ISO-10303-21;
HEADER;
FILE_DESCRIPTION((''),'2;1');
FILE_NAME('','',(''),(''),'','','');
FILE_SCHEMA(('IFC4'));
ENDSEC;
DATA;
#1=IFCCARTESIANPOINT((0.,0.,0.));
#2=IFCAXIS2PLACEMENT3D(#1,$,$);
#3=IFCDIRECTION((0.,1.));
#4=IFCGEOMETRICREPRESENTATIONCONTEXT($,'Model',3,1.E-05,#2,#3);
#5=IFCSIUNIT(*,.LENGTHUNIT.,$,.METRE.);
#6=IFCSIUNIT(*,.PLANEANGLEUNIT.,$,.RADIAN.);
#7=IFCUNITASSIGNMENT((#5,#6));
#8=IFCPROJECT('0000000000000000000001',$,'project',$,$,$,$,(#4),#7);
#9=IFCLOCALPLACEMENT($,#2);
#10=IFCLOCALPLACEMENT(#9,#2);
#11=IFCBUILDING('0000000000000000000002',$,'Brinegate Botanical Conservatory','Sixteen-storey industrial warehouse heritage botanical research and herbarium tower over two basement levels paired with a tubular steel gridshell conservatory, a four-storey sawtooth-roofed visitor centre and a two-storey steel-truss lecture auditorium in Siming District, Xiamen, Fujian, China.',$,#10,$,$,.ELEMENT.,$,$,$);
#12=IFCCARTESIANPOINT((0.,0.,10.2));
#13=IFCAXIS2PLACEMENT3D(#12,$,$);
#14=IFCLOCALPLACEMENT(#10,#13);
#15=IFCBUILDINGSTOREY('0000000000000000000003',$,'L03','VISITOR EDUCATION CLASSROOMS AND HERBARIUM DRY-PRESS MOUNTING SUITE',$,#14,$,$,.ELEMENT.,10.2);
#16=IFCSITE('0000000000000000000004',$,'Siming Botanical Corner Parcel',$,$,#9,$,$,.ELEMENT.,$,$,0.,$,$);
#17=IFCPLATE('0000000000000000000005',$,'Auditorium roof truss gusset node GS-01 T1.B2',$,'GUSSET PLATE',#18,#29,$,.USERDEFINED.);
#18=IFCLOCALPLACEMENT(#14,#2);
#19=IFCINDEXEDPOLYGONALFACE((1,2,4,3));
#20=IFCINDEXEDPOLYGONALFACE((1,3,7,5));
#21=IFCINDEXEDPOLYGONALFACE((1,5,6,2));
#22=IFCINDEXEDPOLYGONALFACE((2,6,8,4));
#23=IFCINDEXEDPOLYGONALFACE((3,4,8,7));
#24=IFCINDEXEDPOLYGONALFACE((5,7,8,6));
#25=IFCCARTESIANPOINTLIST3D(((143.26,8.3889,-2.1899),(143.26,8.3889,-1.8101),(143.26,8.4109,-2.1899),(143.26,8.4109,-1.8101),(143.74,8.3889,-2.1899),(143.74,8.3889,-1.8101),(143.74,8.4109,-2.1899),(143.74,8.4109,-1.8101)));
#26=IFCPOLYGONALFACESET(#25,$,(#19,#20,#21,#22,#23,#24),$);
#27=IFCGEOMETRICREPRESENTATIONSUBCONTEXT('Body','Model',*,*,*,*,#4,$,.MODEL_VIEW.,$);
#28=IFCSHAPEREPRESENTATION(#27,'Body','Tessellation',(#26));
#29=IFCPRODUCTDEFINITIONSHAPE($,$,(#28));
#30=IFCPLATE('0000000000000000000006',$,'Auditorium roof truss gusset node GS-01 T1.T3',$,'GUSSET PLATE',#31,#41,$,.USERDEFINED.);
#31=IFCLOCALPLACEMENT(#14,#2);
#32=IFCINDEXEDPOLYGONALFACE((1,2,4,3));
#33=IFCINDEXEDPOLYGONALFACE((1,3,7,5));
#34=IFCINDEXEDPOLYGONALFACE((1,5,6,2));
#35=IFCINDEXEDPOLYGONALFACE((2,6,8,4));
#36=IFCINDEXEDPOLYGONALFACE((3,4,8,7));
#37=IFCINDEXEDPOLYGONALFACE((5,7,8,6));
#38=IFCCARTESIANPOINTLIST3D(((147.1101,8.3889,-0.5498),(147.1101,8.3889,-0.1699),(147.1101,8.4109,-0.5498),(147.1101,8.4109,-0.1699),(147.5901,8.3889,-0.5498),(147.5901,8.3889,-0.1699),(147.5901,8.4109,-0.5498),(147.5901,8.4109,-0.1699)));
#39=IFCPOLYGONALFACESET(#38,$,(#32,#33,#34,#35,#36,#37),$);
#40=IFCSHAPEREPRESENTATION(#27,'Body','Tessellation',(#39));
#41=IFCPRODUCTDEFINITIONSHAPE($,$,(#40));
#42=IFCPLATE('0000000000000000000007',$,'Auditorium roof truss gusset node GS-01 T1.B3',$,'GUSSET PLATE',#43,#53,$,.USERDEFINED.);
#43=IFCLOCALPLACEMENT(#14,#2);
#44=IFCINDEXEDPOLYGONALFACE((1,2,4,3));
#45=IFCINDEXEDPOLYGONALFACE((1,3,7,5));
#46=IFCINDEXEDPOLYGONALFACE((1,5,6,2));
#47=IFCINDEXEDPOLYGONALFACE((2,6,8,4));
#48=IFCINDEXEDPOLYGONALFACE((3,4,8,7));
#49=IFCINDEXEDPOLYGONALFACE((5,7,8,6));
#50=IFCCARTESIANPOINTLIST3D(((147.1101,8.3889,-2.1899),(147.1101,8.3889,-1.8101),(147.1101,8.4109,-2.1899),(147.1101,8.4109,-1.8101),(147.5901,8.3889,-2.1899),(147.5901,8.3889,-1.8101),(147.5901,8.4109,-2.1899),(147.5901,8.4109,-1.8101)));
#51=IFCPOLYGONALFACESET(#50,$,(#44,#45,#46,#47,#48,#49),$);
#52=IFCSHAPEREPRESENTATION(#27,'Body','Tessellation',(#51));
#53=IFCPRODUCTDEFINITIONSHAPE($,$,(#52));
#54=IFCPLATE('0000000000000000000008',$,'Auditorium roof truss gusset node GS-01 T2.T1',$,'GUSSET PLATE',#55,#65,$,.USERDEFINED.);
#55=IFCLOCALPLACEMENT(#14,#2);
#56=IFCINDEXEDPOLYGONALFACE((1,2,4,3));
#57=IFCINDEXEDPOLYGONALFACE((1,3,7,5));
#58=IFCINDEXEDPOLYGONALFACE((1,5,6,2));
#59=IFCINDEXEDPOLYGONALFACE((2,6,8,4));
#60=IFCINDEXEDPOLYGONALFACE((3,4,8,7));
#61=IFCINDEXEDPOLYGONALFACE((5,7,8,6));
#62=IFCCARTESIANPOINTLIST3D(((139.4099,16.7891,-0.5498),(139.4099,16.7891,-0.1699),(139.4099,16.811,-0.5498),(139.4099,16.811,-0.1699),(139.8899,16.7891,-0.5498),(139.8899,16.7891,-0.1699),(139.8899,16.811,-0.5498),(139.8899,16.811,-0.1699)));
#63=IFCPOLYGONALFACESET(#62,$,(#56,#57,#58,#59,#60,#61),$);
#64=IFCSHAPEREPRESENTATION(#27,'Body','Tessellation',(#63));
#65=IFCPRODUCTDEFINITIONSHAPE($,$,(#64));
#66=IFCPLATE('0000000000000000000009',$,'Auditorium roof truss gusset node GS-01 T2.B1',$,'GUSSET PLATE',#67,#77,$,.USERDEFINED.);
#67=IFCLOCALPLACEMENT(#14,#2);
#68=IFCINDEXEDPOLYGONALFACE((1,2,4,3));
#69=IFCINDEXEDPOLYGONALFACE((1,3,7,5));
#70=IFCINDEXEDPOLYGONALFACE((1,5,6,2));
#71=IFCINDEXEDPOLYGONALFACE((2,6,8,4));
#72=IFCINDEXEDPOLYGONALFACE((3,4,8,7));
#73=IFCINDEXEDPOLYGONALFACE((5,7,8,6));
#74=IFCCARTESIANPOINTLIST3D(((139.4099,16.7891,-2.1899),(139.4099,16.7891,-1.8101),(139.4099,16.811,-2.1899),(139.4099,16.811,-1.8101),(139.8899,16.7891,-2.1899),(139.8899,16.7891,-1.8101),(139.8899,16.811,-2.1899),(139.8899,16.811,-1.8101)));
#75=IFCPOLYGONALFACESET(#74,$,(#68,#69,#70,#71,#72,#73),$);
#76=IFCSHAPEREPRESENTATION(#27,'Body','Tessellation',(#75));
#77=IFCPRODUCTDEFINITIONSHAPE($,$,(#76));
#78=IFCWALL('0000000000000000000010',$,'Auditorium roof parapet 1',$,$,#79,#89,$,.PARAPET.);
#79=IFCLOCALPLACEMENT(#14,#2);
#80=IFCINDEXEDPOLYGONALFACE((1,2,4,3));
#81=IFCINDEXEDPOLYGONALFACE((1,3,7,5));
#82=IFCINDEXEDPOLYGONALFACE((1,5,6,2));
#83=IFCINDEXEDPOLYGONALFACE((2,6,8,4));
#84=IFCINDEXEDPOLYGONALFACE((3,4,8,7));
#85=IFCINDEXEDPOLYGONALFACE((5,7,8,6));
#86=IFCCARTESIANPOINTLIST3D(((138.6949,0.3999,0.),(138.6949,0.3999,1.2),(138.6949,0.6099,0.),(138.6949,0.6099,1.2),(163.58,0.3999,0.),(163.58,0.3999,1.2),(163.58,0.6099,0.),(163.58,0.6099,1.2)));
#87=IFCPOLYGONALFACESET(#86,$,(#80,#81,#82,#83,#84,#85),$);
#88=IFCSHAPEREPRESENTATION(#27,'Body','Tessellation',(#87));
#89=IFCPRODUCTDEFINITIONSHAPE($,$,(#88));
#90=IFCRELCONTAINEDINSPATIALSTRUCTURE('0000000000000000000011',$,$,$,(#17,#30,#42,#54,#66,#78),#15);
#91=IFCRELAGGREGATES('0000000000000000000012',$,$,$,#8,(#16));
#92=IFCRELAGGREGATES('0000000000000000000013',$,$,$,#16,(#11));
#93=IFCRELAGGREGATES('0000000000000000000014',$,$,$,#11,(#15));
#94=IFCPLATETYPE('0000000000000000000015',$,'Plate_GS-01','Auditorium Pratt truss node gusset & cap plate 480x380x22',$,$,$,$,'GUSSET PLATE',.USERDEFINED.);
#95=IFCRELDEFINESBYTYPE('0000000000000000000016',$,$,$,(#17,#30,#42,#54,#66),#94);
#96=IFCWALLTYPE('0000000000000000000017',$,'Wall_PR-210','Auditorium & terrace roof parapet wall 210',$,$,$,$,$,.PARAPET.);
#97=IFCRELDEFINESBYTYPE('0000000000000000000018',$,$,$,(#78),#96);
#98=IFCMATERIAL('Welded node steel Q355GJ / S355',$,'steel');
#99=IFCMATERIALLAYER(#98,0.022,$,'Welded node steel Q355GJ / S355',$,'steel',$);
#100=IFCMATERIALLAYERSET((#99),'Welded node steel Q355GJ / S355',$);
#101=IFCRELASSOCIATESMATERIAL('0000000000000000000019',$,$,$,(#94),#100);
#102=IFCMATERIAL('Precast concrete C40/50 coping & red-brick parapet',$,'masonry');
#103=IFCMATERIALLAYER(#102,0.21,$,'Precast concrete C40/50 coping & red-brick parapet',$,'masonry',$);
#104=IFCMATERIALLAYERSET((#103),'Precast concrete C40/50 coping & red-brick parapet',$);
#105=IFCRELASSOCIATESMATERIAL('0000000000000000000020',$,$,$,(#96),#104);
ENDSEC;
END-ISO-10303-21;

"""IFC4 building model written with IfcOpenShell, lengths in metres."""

from ifc_helpers import new_model, si_unit, direction, frame, frame_2d, origin, origin_2d, place, context, subcontext, project, spatial, rectangle, extrude, material, layer, layer_set, type_object, element, save


model = new_model("IFC4")

# Units and contexts
model_context = context("Model", 3, precision=1e-05, world=origin(), true_north=direction((0.0, 1.0)))
body_context = subcontext(model_context, "Body", "Model", "MODEL_VIEW")
ifc_project = project(units=[si_unit("LENGTHUNIT", "METRE"), si_unit("PLANEANGLEUNIT", "RADIAN")], contexts=[model_context])

# Site, building, storey
site_placement = place(None, origin())
site = spatial("IfcSite", under=ifc_project, at=site_placement, Name="Siming Botanical Corner Parcel", CompositionType="ELEMENT", RefElevation=0.0)
building_placement = place(site_placement, origin())
building = spatial("IfcBuilding", under=site, at=building_placement, Name="Brinegate Botanical Conservatory", Description="Sixteen-storey industrial warehouse heritage botanical research and herbarium tower over two basement levels paired with a tubular steel gridshell conservatory, a four-storey sawtooth-roofed visitor centre and a two-storey steel-truss lecture auditorium in Siming District, Xiamen, Fujian, China.", CompositionType="ELEMENT")
storey_placement = place(building_placement, frame((0.0, 0.0, 10.2)))
storey = spatial("IfcBuildingStorey", under=building, at=storey_placement, Name="L03", Description="VISITOR EDUCATION CLASSROOMS AND HERBARIUM DRY-PRESS MOUNTING SUITE", CompositionType="ELEMENT", Elevation=10.2)

# Plates
ifc_material_1 = material(Name="Welded node steel Q355GJ / S355", Category="steel")
ifc_layer_1 = layer(ifc_material_1, 0.022, Name="Welded node steel Q355GJ / S355", Category="steel")
ifc_layer_set_1 = layer_set([ifc_layer_1], Name="Welded node steel Q355GJ / S355")
plate_type = type_object("IfcPlateType", Name="Plate_GS-01", Description="Auditorium Pratt truss node gusset & cap plate 480x380x22", ElementType="GUSSET PLATE", PredefinedType="USERDEFINED", material=ifc_layer_set_1)
for number, where, z_axis, x_axis, name in (
    (1, (143.5, 8.3999, -2.1899), (0.0, 0.0, 1.0), (1.0, 0.0, 0.0), "Auditorium roof truss gusset node GS-01 T1.B2"),
    (2, (147.3501, 8.3999, -0.5498), (0.0, 0.0, 1.0), (1.0, 0.0, 0.0), "Auditorium roof truss gusset node GS-01 T1.T3"),
    (3, (147.3501, 8.3999, -2.1899), (0.0, 0.0, 1.0), (1.0, 0.0, 0.0), "Auditorium roof truss gusset node GS-01 T1.B3"),
    (4, (139.6499, 16.8, -0.5498), (0.0, 0.0, 1.0), (1.0, 0.0, 0.0), "Auditorium roof truss gusset node GS-01 T2.T1"),
    (5, (139.6499, 16.8, -2.1899), (0.0, 0.0, 1.0), (1.0, 0.0, 0.0), "Auditorium roof truss gusset node GS-01 T2.B1"),
):
    element("IfcPlate", number, at=place(storey_placement, frame(where, z_axis=z_axis, x_axis=x_axis)), inside=storey, type_object=plate_type, Name=name, ObjectType="GUSSET PLATE", PredefinedType="USERDEFINED", context=body_context, shape_type="SweptSolid", body=[
        extrude(rectangle(XDim=0.48, YDim=0.022, at=origin_2d()), origin(), (0.0, 0.0, 1.0), 0.3799),
    ])

# Wall
ifc_material_2 = material(Name="Precast concrete C40/50 coping & red-brick parapet", Category="masonry")
ifc_layer_2 = layer(ifc_material_2, 0.21, Name="Precast concrete C40/50 coping & red-brick parapet", Category="masonry")
ifc_layer_set_2 = layer_set([ifc_layer_2], Name="Precast concrete C40/50 coping & red-brick parapet")
wall_type = type_object("IfcWallType", Name="Wall_PR-210", Description="Auditorium & terrace roof parapet wall 210", PredefinedType="PARAPET", material=ifc_layer_set_2)
wall_placement = place(storey_placement, frame((138.6951, 0.5049, 0.0), z_axis=(0.0, 0.0, 1.0), x_axis=(1.0, 0.0, 0.0)))
element("IfcWall", 6, at=wall_placement, inside=storey, type_object=wall_type, Name="Auditorium roof parapet 1", PredefinedType="PARAPET", context=body_context, shape_type="SweptSolid", body=[
    extrude(rectangle(XDim=24.885, YDim=0.21, at=frame_2d((12.4424, 0.0))), origin(), (0.0, 0.0, 1.0), 1.2),
])

save(model, "model.ifc")
